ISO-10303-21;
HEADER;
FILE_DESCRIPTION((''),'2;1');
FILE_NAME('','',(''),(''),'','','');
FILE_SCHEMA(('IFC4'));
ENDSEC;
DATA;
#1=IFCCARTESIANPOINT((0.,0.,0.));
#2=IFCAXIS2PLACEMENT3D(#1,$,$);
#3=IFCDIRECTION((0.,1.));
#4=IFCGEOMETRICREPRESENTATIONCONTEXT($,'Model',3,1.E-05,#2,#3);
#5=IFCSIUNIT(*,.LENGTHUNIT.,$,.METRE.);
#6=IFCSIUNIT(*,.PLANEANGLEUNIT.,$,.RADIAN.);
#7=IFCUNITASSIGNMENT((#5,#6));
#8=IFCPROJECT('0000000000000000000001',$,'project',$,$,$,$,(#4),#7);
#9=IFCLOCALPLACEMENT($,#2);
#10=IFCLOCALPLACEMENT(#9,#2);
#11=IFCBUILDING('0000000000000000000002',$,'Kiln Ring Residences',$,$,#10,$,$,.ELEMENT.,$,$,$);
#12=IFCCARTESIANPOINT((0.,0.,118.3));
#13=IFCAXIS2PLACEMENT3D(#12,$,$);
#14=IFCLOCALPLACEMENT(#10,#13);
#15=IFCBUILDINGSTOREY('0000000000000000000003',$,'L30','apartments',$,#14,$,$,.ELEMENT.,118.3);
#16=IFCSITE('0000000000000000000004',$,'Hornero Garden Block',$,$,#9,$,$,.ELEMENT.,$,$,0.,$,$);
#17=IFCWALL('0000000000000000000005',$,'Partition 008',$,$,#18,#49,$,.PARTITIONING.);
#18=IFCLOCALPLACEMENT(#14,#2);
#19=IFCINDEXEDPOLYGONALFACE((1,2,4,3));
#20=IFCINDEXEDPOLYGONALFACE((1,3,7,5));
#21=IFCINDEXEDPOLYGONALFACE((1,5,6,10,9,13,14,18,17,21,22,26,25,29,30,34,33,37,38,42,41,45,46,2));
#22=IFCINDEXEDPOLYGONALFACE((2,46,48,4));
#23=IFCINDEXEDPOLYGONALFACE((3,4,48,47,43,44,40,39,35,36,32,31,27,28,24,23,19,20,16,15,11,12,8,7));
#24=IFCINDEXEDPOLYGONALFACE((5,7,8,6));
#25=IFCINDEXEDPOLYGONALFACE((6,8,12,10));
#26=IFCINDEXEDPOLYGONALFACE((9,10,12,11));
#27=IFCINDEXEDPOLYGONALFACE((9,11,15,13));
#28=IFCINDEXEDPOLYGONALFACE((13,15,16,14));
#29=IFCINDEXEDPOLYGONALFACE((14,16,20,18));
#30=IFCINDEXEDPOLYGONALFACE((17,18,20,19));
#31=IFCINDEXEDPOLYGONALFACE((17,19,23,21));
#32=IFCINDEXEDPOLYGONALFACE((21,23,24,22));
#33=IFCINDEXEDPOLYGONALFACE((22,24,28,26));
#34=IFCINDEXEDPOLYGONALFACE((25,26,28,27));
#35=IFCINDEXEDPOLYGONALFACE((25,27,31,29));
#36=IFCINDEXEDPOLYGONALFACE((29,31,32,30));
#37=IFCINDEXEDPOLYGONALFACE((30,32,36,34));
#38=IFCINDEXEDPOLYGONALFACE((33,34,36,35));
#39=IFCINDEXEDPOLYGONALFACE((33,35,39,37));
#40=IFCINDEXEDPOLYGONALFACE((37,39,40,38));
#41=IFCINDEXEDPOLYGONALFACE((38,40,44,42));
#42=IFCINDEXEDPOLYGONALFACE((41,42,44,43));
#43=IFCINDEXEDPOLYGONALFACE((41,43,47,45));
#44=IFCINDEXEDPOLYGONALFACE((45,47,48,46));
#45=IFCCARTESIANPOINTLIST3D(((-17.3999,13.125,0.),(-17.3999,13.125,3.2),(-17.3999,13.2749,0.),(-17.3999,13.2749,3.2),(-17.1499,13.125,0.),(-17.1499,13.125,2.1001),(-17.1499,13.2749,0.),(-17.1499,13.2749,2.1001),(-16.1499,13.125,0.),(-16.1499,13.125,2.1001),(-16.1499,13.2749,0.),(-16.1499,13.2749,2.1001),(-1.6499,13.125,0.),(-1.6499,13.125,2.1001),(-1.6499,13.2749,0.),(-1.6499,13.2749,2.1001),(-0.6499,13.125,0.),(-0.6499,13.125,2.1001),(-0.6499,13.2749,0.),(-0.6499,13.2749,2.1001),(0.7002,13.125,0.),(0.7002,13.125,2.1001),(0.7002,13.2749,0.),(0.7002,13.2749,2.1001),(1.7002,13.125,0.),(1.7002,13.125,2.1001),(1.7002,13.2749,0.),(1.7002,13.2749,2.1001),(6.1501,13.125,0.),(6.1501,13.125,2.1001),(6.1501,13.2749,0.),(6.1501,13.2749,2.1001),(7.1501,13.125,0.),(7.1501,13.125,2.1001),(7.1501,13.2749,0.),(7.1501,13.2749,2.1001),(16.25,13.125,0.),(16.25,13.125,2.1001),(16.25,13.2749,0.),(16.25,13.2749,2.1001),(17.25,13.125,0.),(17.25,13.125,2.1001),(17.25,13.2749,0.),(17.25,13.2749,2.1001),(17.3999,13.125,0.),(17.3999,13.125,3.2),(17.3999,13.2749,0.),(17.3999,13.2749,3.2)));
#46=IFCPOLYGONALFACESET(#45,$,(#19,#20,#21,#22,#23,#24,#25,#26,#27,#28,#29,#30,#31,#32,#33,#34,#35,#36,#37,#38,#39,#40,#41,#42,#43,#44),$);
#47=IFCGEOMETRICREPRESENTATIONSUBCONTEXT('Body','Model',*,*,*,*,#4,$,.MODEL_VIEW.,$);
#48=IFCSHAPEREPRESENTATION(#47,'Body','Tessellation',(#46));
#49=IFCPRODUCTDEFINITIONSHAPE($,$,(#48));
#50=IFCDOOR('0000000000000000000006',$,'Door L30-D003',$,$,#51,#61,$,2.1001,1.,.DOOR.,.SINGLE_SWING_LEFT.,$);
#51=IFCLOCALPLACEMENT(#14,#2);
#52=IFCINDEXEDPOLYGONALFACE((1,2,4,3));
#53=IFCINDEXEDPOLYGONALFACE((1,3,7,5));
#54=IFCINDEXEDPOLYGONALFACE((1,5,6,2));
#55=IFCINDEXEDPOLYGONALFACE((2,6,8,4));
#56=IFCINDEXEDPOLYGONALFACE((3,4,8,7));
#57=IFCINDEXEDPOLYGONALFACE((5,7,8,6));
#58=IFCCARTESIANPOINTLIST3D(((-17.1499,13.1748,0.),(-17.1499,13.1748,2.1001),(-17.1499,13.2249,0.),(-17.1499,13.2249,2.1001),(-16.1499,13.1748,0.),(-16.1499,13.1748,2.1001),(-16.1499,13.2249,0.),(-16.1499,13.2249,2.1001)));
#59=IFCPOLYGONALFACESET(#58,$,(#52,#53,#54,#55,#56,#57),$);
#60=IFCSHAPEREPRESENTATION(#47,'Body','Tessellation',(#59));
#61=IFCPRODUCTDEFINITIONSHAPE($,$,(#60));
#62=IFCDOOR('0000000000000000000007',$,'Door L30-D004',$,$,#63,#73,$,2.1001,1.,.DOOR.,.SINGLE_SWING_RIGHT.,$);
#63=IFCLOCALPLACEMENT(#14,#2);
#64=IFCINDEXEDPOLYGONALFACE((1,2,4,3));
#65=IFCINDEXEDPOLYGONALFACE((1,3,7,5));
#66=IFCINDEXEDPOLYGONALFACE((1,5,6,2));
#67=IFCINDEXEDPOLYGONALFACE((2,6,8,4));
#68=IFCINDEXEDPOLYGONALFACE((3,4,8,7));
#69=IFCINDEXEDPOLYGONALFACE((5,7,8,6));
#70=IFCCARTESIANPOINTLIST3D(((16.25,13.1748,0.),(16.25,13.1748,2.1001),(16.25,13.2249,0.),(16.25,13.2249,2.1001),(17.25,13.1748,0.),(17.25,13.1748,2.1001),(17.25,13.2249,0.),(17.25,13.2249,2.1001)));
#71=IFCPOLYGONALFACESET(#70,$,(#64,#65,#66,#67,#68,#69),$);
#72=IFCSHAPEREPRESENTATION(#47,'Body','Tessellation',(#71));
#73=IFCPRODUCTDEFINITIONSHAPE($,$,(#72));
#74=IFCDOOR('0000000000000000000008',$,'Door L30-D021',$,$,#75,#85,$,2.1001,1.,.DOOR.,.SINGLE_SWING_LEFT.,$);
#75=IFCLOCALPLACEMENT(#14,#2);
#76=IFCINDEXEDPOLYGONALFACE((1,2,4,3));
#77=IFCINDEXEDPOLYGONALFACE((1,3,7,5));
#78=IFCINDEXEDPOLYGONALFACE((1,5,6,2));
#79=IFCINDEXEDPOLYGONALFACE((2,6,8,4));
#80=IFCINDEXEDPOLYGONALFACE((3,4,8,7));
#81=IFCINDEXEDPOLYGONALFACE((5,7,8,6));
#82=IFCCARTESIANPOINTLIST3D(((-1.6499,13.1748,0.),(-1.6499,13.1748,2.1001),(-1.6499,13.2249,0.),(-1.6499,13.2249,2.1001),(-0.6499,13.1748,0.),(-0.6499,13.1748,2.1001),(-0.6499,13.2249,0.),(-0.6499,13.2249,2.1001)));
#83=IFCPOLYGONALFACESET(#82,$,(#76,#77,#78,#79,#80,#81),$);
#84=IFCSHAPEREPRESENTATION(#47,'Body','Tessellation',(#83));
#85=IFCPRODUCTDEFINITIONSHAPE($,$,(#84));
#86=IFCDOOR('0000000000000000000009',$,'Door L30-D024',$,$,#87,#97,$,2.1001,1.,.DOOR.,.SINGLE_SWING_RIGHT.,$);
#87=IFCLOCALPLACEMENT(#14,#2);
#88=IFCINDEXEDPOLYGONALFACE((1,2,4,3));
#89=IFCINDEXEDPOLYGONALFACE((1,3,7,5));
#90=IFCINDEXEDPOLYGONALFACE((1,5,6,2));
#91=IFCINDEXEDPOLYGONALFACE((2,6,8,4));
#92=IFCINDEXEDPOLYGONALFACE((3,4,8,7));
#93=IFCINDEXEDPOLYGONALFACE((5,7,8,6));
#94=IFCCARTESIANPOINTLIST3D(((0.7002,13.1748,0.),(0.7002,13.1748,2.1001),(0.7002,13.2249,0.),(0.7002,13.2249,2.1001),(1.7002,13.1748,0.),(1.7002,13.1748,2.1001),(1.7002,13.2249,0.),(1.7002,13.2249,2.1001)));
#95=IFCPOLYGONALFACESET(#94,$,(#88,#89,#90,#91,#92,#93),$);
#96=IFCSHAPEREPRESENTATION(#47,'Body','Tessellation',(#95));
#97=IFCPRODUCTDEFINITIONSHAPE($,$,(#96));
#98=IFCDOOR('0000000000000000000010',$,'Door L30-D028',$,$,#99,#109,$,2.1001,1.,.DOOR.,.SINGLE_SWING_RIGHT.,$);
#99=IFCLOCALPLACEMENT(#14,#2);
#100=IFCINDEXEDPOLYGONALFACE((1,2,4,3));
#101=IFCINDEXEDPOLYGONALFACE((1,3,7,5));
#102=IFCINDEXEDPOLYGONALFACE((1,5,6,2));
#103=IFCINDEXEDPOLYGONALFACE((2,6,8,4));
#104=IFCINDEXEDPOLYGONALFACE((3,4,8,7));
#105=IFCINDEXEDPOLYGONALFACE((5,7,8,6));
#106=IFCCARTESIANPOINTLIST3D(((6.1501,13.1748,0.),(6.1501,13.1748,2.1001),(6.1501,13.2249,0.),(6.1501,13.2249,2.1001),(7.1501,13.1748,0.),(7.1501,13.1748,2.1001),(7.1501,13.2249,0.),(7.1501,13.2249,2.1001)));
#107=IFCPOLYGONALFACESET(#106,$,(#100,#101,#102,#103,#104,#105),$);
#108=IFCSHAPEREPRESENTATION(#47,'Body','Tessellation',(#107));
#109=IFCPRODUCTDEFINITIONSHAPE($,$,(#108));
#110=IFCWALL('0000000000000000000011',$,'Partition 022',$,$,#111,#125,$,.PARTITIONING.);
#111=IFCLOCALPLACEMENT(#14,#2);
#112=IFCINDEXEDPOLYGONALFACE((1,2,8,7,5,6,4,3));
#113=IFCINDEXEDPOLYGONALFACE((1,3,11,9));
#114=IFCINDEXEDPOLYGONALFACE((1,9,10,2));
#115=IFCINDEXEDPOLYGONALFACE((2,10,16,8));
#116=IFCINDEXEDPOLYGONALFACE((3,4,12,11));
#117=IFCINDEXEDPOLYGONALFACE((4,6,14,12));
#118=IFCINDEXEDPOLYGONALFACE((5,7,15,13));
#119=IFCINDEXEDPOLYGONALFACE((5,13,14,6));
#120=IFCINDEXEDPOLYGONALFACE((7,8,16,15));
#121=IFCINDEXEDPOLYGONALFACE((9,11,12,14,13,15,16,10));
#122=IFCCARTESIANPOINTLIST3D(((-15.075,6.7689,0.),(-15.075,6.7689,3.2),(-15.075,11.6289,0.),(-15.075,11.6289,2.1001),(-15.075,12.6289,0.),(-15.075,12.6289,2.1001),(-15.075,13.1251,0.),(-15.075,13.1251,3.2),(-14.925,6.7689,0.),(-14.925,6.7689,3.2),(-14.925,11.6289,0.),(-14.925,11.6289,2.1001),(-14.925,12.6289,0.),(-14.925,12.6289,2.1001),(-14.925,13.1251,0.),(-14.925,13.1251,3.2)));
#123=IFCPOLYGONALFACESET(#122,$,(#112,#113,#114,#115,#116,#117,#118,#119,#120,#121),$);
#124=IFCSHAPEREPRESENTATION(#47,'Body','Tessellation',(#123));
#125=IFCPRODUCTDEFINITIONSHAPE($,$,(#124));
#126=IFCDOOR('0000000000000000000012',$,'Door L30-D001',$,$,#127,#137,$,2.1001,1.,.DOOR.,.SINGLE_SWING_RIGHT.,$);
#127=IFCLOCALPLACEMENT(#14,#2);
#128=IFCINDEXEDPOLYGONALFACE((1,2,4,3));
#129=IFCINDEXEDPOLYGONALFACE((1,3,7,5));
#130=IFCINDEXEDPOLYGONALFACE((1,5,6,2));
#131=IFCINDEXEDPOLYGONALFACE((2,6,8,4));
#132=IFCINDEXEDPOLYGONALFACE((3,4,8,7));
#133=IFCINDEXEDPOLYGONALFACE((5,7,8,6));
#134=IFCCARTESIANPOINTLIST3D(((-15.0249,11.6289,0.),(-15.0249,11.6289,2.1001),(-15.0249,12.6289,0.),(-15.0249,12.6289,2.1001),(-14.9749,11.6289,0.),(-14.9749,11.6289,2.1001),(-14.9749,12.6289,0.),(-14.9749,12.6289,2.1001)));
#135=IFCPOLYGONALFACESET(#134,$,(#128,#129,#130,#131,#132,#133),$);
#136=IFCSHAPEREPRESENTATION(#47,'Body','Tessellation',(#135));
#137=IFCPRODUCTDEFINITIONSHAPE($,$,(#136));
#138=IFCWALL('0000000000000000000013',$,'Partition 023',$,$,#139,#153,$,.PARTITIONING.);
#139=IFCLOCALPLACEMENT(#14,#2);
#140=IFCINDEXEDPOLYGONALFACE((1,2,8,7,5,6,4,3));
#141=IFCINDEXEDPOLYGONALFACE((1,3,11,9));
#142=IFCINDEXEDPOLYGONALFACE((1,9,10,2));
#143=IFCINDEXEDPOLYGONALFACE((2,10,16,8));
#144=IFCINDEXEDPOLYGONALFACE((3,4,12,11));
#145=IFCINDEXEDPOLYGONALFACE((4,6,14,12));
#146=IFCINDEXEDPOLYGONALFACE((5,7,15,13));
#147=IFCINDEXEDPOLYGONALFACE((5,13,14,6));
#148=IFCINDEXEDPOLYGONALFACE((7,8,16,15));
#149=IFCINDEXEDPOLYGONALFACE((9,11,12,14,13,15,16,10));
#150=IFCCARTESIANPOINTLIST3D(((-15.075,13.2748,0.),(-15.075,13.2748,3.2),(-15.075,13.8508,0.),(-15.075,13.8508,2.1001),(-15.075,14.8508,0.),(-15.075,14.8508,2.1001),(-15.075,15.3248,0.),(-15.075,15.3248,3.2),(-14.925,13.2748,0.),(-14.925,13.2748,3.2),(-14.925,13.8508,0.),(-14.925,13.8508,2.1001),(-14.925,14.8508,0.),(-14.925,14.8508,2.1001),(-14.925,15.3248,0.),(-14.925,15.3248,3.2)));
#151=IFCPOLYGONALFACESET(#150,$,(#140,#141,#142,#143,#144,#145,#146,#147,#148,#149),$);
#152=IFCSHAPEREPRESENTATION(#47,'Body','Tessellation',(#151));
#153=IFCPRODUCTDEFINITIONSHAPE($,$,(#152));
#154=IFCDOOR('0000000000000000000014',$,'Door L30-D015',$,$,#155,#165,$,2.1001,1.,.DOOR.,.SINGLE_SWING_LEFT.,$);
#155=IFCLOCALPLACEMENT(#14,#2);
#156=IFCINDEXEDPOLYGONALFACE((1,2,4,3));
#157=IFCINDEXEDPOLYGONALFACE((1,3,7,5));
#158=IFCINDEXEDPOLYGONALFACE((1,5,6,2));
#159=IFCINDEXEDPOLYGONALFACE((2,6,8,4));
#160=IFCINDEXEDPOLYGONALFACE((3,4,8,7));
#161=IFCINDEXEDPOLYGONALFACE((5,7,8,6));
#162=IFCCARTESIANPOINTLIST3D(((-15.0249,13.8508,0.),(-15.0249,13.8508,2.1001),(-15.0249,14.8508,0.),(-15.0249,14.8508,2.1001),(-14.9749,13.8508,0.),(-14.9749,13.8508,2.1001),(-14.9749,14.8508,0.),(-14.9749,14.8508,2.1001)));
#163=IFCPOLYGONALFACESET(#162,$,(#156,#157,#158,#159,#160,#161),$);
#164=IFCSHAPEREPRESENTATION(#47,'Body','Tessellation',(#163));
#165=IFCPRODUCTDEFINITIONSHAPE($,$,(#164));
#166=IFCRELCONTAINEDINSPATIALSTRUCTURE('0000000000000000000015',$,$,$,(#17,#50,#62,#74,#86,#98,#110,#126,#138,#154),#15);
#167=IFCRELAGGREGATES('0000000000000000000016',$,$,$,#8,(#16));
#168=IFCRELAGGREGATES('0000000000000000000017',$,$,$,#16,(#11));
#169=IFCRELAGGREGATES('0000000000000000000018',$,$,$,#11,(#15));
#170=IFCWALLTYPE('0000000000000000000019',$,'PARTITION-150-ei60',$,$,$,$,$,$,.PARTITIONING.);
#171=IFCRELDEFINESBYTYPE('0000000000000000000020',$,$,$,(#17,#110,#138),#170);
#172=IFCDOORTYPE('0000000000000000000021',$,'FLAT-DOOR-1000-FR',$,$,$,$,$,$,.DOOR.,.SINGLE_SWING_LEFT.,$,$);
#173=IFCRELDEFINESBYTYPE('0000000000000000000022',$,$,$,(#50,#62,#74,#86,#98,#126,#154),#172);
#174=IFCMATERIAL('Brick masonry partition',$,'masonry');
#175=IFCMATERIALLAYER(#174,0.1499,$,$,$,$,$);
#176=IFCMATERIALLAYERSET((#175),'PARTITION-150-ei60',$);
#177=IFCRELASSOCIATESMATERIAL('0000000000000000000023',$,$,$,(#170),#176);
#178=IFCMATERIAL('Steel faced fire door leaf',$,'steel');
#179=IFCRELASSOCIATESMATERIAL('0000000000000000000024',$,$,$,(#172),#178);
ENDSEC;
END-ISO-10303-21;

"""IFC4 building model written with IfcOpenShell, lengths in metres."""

from ifc_helpers import new_model, si_unit, direction, frame, frame_2d, origin, place, context, subcontext, project, spatial, rectangle, extrude, material, layer, layer_set, type_object, element, fill, save


model = new_model("IFC4")

# Units and contexts
model_context = context("Model", 3, precision=1e-05, world=origin(), true_north=direction((0.0, 1.0)))
body_context = subcontext(model_context, "Body", "Model", "MODEL_VIEW")
ifc_project = project(units=[si_unit("LENGTHUNIT", "METRE"), si_unit("PLANEANGLEUNIT", "RADIAN")], contexts=[model_context])

# Site, building, storey
site_placement = place(None, origin())
site = spatial("IfcSite", under=ifc_project, at=site_placement, Name="Hornero Garden Block", CompositionType="ELEMENT", RefElevation=0.0)
building_placement = place(site_placement, origin())
building = spatial("IfcBuilding", under=site, at=building_placement, Name="Kiln Ring Residences", CompositionType="ELEMENT")
storey_placement = place(building_placement, frame((0.0, 0.0, 118.3)))
storey = spatial("IfcBuildingStorey", under=building, at=storey_placement, Name="L30", Description="apartments", CompositionType="ELEMENT", Elevation=118.3)

# Wall, openings, doors
ifc_material_1 = material(Name="Brick masonry partition", Category="masonry")
ifc_layer_1 = layer(ifc_material_1, 0.1499)
ifc_layer_set_1 = layer_set([ifc_layer_1], Name="PARTITION-150-ei60")
wall_type = type_object("IfcWallType", Name="PARTITION-150-ei60", PredefinedType="PARTITIONING", material=ifc_layer_set_1)
ifc_material_2 = material(Name="Steel faced fire door leaf", Category="steel")
door_type = type_object("IfcDoorType", Name="FLAT-DOOR-1000-FR", OperationType="SINGLE_SWING_LEFT", PredefinedType="DOOR", material=ifc_material_2)
wall_1_placement = place(storey_placement, frame((-17.3999, 13.2, 0.0), z_axis=(0.0, 0.0, 1.0), x_axis=(1.0, 0.0, 0.0)))
wall_1 = element("IfcWall", 1, at=wall_1_placement, inside=storey, type_object=wall_type, Name="Partition 008", PredefinedType="PARTITIONING", context=body_context, shape_type="SweptSolid", body=[
    extrude(rectangle(XDim=34.7998, YDim=0.1499, at=frame_2d((17.3999, 0.0))), origin(), (0.0, 0.0, 1.0), 3.2),
])
opening_1_placement = place(wall_1_placement, frame((0.25, 0.0, 0.0)))
opening_1 = element("IfcOpeningElement", 2, at=opening_1_placement, cuts=wall_1, PredefinedType="OPENING", context=body_context, shape_type="SweptSolid", body=[
    extrude(rectangle(XDim=1.0, YDim=2.1001, at=frame_2d((0.5, 1.05))), frame((0.0, 0.085, 0.0), z_axis=(0.0, -1.0, 0.0), x_axis=(1.0, 0.0, 0.0)), (0.0, 0.0, 1.0), 0.1699),
])
opening_2_placement = place(wall_1_placement, frame((33.6499, 0.0, 0.0)))
opening_2 = element("IfcOpeningElement", 3, at=opening_2_placement, cuts=wall_1, PredefinedType="OPENING", context=body_context, shape_type="SweptSolid", body=[
    extrude(rectangle(XDim=1.0, YDim=2.1001, at=frame_2d((0.5, 1.05))), frame((0.0, 0.085, 0.0), z_axis=(0.0, -1.0, 0.0), x_axis=(1.0, 0.0, 0.0)), (0.0, 0.0, 1.0), 0.1699),
])
opening_3_placement = place(wall_1_placement, frame((15.75, 0.0, 0.0)))
opening_3 = element("IfcOpeningElement", 4, at=opening_3_placement, cuts=wall_1, PredefinedType="OPENING", context=body_context, shape_type="SweptSolid", body=[
    extrude(rectangle(XDim=1.0, YDim=2.1001, at=frame_2d((0.5, 1.05))), frame((0.0, 0.085, 0.0), z_axis=(0.0, -1.0, 0.0), x_axis=(1.0, 0.0, 0.0)), (0.0, 0.0, 1.0), 0.1699),
])
opening_4_placement = place(wall_1_placement, frame((18.1001, 0.0, 0.0)))
opening_4 = element("IfcOpeningElement", 5, at=opening_4_placement, cuts=wall_1, PredefinedType="OPENING", context=body_context, shape_type="SweptSolid", body=[
    extrude(rectangle(XDim=1.0, YDim=2.1001, at=frame_2d((0.5, 1.05))), frame((0.0, 0.085, 0.0), z_axis=(0.0, -1.0, 0.0), x_axis=(1.0, 0.0, 0.0)), (0.0, 0.0, 1.0), 0.1699),
])
opening_5_placement = place(wall_1_placement, frame((23.55, 0.0, 0.0)))
opening_5 = element("IfcOpeningElement", 6, at=opening_5_placement, cuts=wall_1, PredefinedType="OPENING", context=body_context, shape_type="SweptSolid", body=[
    extrude(rectangle(XDim=1.0, YDim=2.1001, at=frame_2d((0.5, 1.05))), frame((0.0, 0.085, 0.0), z_axis=(0.0, -1.0, 0.0), x_axis=(1.0, 0.0, 0.0)), (0.0, 0.0, 1.0), 0.1699),
])
door_1_placement = place(opening_1_placement, origin())
door_1 = element("IfcDoor", 7, at=door_1_placement, inside=storey, type_object=door_type, Name="Door L30-D003", OperationType="SINGLE_SWING_LEFT", OverallHeight=2.1001, OverallWidth=1.0, PredefinedType="DOOR", context=body_context, shape_type="SweptSolid", body=[
    extrude(rectangle(XDim=1.0, YDim=2.1001, at=frame_2d((0.5, 1.05))), frame((0.0, 0.0249, 0.0), z_axis=(0.0, -1.0, 0.0), x_axis=(1.0, 0.0, 0.0)), (0.0, 0.0, 1.0), 0.05),
])
fill(opening_1, door_1)
door_2_placement = place(opening_2_placement, origin())
door_2 = element("IfcDoor", 8, at=door_2_placement, inside=storey, type_object=door_type, Name="Door L30-D004", OperationType="SINGLE_SWING_RIGHT", OverallHeight=2.1001, OverallWidth=1.0, PredefinedType="DOOR", context=body_context, shape_type="SweptSolid", body=[
    extrude(rectangle(XDim=1.0, YDim=2.1001, at=frame_2d((0.5, 1.05))), frame((0.0, 0.0249, 0.0), z_axis=(0.0, -1.0, 0.0), x_axis=(1.0, 0.0, 0.0)), (0.0, 0.0, 1.0), 0.05),
])
fill(opening_2, door_2)
door_3_placement = place(opening_3_placement, origin())
door_3 = element("IfcDoor", 9, at=door_3_placement, inside=storey, type_object=door_type, Name="Door L30-D021", OperationType="SINGLE_SWING_LEFT", OverallHeight=2.1001, OverallWidth=1.0, PredefinedType="DOOR", context=body_context, shape_type="SweptSolid", body=[
    extrude(rectangle(XDim=1.0, YDim=2.1001, at=frame_2d((0.5, 1.05))), frame((0.0, 0.0249, 0.0), z_axis=(0.0, -1.0, 0.0), x_axis=(1.0, 0.0, 0.0)), (0.0, 0.0, 1.0), 0.05),
])
fill(opening_3, door_3)
door_4_placement = place(opening_4_placement, origin())
door_4 = element("IfcDoor", 10, at=door_4_placement, inside=storey, type_object=door_type, Name="Door L30-D024", OperationType="SINGLE_SWING_RIGHT", OverallHeight=2.1001, OverallWidth=1.0, PredefinedType="DOOR", context=body_context, shape_type="SweptSolid", body=[
    extrude(rectangle(XDim=1.0, YDim=2.1001, at=frame_2d((0.5, 1.05))), frame((0.0, 0.0249, 0.0), z_axis=(0.0, -1.0, 0.0), x_axis=(1.0, 0.0, 0.0)), (0.0, 0.0, 1.0), 0.05),
])
fill(opening_4, door_4)
door_5_placement = place(opening_5_placement, origin())
door_5 = element("IfcDoor", 11, at=door_5_placement, inside=storey, type_object=door_type, Name="Door L30-D028", OperationType="SINGLE_SWING_RIGHT", OverallHeight=2.1001, OverallWidth=1.0, PredefinedType="DOOR", context=body_context, shape_type="SweptSolid", body=[
    extrude(rectangle(XDim=1.0, YDim=2.1001, at=frame_2d((0.5, 1.05))), frame((0.0, 0.0249, 0.0), z_axis=(0.0, -1.0, 0.0), x_axis=(1.0, 0.0, 0.0)), (0.0, 0.0, 1.0), 0.05),
])
fill(opening_5, door_5)

# Walls, openings, doors
wall_2_placement = place(storey_placement, frame((-15.0, 6.7688, 0.0), z_axis=(0.0, 0.0, 1.0), x_axis=(0.0, 1.0, 0.0)))
wall_2 = element("IfcWall", 12, at=wall_2_placement, inside=storey, type_object=wall_type, Name="Partition 022", PredefinedType="PARTITIONING", context=body_context, shape_type="SweptSolid", body=[
    extrude(rectangle(XDim=6.3562, YDim=0.1499, at=frame_2d((3.1782, 0.0))), origin(), (0.0, 0.0, 1.0), 3.2),
])
opening_6_placement = place(wall_2_placement, frame((4.8601, 0.0, 0.0)))
opening_6 = element("IfcOpeningElement", 13, at=opening_6_placement, cuts=wall_2, PredefinedType="OPENING", context=body_context, shape_type="SweptSolid", body=[
    extrude(rectangle(XDim=1.0, YDim=2.1001, at=frame_2d((0.5, 1.05))), frame((0.0, 0.085, 0.0), z_axis=(0.0, -1.0, 0.0), x_axis=(1.0, 0.0, 0.0)), (0.0, 0.0, 1.0), 0.1699),
])
door_6_placement = place(opening_6_placement, origin())
door_6 = element("IfcDoor", 14, at=door_6_placement, inside=storey, type_object=door_type, Name="Door L30-D001", OperationType="SINGLE_SWING_RIGHT", OverallHeight=2.1001, OverallWidth=1.0, PredefinedType="DOOR", context=body_context, shape_type="SweptSolid", body=[
    extrude(rectangle(XDim=1.0, YDim=2.1001, at=frame_2d((0.5, 1.05))), frame((0.0, 0.0249, 0.0), z_axis=(0.0, -1.0, 0.0), x_axis=(1.0, 0.0, 0.0)), (0.0, 0.0, 1.0), 0.05),
])
fill(opening_6, door_6)
wall_3_placement = place(storey_placement, frame((-15.0, 13.2749, 0.0), z_axis=(0.0, 0.0, 1.0), x_axis=(0.0, 1.0, 0.0)))
wall_3 = element("IfcWall", 15, at=wall_3_placement, inside=storey, type_object=wall_type, Name="Partition 023", PredefinedType="PARTITIONING", context=body_context, shape_type="SweptSolid", body=[
    extrude(rectangle(XDim=2.05, YDim=0.1499, at=frame_2d((1.0249, 0.0))), origin(), (0.0, 0.0, 1.0), 3.2),
])
opening_7_placement = place(wall_3_placement, frame((0.5759, 0.0, 0.0)))
opening_7 = element("IfcOpeningElement", 16, at=opening_7_placement, cuts=wall_3, PredefinedType="OPENING", context=body_context, shape_type="SweptSolid", body=[
    extrude(rectangle(XDim=1.0, YDim=2.1001, at=frame_2d((0.5, 1.05))), frame((0.0, 0.085, 0.0), z_axis=(0.0, -1.0, 0.0), x_axis=(1.0, 0.0, 0.0)), (0.0, 0.0, 1.0), 0.1699),
])
door_7_placement = place(opening_7_placement, origin())
door_7 = element("IfcDoor", 17, at=door_7_placement, inside=storey, type_object=door_type, Name="Door L30-D015", OperationType="SINGLE_SWING_LEFT", OverallHeight=2.1001, OverallWidth=1.0, PredefinedType="DOOR", context=body_context, shape_type="SweptSolid", body=[
    extrude(rectangle(XDim=1.0, YDim=2.1001, at=frame_2d((0.5, 1.05))), frame((0.0, 0.0249, 0.0), z_axis=(0.0, -1.0, 0.0), x_axis=(1.0, 0.0, 0.0)), (0.0, 0.0, 1.0), 0.05),
])
fill(opening_7, door_7)

save(model, "model.ifc")
